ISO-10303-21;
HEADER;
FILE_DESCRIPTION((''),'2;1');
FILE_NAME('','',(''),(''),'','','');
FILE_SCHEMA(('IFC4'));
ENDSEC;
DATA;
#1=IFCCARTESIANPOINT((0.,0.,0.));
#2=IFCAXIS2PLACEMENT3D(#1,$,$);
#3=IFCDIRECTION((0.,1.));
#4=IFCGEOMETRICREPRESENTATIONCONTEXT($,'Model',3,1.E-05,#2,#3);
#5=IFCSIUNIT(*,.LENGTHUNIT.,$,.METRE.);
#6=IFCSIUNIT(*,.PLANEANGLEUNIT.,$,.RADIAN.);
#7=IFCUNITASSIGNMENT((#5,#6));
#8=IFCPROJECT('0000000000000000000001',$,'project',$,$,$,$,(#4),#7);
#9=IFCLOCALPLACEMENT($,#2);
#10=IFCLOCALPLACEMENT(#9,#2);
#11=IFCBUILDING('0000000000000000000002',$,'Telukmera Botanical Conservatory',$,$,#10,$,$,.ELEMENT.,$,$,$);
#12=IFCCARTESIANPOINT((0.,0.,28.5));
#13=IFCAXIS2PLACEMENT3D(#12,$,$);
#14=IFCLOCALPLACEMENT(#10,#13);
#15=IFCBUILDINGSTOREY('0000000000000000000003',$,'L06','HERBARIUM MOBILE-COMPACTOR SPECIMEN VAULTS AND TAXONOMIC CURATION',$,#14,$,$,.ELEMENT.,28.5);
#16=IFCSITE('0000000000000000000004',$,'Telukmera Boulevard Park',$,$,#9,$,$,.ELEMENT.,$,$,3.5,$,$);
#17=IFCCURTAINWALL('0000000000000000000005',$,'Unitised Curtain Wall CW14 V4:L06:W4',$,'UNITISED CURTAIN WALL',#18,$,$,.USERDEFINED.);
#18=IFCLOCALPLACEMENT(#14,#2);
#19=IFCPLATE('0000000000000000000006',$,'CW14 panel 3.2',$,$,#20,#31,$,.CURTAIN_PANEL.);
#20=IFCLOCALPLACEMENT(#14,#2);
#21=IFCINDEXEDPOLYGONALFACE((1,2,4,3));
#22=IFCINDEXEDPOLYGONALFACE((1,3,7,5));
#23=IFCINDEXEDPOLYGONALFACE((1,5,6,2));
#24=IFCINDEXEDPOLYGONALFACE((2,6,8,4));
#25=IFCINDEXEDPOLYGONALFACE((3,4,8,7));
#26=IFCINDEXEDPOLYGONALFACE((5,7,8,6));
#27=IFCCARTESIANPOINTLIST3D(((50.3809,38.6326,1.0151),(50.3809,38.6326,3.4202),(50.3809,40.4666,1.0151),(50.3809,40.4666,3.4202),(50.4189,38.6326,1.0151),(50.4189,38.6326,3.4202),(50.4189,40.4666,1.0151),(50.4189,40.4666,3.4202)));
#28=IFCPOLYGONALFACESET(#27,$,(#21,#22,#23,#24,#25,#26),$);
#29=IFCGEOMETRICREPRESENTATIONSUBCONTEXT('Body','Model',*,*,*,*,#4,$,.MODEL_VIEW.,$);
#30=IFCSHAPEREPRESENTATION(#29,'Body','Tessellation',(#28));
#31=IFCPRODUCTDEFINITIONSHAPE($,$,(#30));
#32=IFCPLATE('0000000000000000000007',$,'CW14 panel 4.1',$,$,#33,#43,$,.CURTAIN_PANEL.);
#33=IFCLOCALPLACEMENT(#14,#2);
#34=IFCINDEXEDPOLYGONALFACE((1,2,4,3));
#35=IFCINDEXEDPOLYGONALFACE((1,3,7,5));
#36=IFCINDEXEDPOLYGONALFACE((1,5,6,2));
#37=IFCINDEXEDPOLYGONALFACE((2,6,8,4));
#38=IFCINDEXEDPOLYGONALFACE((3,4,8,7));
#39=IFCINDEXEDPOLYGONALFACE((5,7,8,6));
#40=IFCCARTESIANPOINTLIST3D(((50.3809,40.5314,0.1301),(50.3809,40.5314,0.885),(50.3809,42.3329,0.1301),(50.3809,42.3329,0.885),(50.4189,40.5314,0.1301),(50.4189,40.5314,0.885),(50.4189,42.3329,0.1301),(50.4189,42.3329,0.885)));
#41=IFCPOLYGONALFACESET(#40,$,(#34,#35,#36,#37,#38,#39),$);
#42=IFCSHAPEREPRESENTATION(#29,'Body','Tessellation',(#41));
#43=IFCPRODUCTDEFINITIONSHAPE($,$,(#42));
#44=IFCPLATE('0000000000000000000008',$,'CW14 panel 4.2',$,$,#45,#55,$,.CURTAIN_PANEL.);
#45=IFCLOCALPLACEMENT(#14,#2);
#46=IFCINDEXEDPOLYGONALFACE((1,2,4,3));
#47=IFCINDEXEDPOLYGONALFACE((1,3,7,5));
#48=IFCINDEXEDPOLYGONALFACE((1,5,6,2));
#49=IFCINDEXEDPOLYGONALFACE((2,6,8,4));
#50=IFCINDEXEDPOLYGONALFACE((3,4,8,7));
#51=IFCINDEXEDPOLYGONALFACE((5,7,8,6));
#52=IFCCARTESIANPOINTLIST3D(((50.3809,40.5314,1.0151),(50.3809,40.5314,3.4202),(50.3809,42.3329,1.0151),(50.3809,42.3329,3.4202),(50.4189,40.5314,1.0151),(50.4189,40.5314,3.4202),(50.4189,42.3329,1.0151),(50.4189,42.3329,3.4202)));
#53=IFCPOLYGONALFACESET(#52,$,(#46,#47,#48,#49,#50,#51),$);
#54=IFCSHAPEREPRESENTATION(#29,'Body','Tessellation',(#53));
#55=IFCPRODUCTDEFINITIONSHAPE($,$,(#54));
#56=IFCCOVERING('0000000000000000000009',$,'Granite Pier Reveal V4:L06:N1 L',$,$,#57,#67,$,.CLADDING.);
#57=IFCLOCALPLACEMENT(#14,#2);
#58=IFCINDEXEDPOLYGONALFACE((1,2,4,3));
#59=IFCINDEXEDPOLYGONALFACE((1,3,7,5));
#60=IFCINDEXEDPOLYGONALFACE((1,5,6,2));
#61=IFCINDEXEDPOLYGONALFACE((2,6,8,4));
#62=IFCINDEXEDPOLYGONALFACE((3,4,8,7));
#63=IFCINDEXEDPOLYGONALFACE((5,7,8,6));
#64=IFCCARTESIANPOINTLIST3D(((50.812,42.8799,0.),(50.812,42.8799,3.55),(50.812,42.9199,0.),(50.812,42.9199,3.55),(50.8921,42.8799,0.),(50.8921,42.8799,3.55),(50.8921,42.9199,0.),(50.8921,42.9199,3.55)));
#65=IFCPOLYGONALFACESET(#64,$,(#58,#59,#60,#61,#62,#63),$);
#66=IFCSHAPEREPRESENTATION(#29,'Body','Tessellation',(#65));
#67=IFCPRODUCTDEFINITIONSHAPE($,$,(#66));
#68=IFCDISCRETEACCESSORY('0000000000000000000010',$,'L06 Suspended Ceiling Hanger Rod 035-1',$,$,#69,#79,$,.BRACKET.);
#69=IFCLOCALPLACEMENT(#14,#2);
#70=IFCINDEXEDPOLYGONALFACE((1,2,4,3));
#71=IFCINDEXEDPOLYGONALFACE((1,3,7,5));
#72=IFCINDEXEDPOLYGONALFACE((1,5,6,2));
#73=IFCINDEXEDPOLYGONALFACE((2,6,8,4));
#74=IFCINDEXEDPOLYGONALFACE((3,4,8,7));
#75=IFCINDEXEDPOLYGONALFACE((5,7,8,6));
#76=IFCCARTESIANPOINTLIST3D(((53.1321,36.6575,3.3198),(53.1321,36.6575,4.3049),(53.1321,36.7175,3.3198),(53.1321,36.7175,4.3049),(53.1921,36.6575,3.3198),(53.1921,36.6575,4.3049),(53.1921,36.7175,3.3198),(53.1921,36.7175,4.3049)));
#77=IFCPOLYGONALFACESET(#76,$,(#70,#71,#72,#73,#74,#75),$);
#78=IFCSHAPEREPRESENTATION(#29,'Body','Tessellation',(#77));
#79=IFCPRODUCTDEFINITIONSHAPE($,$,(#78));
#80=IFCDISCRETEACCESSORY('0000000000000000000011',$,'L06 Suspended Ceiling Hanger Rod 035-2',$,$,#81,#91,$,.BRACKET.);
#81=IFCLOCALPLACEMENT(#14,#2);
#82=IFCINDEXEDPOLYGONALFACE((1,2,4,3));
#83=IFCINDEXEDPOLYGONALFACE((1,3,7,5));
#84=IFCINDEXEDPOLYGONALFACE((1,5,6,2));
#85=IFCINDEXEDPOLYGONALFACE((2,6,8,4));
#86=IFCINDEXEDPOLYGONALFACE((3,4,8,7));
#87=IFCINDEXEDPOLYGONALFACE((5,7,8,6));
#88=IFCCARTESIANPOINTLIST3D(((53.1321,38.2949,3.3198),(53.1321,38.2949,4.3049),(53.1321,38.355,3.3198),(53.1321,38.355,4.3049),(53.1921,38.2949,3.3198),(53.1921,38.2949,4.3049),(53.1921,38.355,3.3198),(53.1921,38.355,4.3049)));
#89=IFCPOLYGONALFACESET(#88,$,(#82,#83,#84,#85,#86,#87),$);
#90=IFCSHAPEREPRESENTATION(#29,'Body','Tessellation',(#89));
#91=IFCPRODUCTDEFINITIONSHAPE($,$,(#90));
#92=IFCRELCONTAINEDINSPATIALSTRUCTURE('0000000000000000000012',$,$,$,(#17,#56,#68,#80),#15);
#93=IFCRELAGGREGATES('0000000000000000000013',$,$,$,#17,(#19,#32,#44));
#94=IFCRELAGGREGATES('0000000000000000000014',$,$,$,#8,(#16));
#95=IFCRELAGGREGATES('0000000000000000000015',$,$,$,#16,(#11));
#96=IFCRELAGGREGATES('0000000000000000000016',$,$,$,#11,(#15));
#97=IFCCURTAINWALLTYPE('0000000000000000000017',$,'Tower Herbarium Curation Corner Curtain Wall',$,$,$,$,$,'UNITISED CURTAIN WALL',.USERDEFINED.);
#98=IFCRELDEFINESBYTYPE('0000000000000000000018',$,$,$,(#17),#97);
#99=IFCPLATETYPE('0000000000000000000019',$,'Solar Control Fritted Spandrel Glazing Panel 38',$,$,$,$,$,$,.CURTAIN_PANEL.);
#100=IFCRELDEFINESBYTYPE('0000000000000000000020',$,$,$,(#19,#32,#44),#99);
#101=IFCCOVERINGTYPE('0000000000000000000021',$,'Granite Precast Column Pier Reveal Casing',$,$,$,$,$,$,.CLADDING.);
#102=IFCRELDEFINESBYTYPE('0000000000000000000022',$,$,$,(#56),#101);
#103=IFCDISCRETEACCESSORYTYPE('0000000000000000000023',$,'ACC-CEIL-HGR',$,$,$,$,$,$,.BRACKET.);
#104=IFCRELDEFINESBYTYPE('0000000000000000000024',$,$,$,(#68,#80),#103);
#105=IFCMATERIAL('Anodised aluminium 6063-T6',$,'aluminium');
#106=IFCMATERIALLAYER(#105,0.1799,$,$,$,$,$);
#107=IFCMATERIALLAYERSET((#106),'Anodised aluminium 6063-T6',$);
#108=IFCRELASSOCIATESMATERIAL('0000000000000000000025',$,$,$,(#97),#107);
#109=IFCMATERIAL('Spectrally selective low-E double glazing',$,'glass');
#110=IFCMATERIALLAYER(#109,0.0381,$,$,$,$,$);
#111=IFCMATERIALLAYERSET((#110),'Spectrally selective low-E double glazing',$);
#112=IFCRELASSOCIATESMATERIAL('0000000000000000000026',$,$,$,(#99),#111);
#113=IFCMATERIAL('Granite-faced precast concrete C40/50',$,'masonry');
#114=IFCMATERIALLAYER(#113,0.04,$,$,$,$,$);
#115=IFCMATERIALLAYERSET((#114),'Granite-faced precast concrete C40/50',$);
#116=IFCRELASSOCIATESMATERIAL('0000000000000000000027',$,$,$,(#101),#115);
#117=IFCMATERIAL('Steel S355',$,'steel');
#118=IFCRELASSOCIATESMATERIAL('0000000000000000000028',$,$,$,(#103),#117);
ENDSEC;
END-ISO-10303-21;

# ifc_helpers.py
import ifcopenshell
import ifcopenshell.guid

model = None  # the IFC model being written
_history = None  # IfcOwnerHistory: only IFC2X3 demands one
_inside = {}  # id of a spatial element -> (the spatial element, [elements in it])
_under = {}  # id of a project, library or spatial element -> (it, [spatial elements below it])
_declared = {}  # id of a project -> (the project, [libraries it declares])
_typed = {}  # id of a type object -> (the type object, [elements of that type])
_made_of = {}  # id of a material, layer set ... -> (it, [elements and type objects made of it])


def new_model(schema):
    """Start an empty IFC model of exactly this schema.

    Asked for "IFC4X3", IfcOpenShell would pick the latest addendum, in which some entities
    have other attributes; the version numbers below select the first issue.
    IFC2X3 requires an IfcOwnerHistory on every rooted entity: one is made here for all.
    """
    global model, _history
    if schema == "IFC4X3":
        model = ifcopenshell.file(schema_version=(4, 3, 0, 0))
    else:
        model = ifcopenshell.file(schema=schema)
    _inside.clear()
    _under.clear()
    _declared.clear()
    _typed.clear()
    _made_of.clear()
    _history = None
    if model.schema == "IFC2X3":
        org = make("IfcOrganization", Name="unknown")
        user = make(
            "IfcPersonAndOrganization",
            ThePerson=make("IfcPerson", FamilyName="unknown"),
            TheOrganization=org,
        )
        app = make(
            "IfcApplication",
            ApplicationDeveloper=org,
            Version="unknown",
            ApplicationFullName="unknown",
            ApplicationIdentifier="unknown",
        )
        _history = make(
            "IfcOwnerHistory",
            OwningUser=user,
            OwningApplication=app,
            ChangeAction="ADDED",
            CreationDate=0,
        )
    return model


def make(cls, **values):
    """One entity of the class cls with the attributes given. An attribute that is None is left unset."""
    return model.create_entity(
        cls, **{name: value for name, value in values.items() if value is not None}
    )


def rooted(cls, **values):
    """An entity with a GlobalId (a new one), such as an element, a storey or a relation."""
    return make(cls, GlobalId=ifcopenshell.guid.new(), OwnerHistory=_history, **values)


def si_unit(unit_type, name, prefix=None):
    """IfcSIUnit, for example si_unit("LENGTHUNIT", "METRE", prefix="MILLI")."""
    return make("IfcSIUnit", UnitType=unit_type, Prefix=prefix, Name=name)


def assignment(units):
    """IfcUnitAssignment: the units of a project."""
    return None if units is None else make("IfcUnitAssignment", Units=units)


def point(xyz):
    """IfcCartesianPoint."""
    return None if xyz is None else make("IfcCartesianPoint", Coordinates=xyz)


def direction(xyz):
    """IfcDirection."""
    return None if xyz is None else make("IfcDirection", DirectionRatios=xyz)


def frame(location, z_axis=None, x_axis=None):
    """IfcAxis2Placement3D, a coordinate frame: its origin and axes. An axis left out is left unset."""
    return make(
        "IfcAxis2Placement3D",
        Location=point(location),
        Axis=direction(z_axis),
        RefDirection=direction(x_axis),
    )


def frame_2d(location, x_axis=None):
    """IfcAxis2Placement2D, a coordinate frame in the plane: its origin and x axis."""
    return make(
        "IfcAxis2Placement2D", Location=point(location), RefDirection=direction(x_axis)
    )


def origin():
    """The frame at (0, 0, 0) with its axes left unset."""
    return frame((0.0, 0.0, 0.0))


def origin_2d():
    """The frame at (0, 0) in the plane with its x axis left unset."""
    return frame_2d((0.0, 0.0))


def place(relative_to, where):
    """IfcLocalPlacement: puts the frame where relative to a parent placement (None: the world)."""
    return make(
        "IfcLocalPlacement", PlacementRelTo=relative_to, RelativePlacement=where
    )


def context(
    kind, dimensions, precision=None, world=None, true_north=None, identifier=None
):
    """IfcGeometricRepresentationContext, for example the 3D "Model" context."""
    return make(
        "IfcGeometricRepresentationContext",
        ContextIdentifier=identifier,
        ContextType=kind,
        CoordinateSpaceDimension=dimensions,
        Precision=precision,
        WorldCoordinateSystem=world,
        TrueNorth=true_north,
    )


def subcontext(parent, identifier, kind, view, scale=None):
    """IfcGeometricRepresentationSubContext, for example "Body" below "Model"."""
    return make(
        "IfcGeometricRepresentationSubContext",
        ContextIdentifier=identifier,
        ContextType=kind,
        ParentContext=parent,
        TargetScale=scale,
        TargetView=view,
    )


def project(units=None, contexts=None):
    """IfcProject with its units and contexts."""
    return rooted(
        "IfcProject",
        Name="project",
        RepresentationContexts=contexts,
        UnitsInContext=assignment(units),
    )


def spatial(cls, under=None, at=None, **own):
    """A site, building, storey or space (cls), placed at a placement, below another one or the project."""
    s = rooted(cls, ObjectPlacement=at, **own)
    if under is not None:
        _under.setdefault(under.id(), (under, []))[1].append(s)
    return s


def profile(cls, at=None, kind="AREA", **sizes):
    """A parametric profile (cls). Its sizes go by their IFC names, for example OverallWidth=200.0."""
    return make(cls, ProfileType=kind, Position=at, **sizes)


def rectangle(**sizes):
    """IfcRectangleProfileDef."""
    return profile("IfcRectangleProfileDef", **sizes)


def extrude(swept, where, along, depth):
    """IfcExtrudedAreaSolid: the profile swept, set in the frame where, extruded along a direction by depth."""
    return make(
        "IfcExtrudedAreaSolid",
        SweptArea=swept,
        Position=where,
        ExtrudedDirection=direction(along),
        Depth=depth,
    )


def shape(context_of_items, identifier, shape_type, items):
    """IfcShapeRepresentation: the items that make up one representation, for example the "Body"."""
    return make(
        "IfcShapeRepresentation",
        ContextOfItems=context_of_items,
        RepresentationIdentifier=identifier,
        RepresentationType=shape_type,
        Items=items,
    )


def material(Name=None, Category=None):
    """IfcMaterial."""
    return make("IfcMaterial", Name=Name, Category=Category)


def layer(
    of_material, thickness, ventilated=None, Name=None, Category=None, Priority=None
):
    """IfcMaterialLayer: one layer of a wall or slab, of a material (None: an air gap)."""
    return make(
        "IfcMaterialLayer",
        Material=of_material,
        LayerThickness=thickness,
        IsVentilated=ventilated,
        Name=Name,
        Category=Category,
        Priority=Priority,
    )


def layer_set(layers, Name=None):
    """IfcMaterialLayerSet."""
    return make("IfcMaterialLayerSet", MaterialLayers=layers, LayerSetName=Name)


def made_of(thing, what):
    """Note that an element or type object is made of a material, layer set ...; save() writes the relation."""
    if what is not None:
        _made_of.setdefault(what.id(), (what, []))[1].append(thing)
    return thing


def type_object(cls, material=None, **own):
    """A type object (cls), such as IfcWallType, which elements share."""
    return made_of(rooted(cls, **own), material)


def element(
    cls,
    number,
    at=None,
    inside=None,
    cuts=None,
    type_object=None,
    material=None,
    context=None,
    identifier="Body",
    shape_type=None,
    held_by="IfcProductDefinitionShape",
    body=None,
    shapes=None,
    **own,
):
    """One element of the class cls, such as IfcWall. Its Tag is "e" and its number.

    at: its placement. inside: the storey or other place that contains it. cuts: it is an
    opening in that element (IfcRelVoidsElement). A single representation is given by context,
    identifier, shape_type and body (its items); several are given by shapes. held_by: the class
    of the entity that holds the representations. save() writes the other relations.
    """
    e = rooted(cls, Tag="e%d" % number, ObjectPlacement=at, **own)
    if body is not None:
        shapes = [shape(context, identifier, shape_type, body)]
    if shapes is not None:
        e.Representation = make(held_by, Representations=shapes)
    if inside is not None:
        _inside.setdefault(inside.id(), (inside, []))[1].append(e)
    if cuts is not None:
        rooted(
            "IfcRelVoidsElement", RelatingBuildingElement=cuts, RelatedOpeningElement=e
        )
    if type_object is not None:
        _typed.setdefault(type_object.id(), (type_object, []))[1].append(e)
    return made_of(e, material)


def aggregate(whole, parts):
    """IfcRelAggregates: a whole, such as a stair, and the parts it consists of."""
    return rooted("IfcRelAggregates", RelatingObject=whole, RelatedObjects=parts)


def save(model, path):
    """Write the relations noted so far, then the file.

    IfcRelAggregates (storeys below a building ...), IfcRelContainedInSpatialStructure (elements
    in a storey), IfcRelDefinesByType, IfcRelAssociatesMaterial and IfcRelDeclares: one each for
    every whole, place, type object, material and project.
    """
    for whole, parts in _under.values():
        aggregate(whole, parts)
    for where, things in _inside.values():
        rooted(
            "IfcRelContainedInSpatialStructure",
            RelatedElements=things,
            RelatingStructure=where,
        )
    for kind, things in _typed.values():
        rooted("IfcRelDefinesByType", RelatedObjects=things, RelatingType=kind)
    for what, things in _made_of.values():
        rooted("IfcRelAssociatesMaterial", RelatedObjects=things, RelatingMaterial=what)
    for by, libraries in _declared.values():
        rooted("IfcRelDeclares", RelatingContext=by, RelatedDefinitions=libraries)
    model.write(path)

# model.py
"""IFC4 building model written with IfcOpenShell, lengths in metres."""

from ifc_helpers import new_model, si_unit, direction, frame, origin, origin_2d, place, context, subcontext, project, spatial, rectangle, extrude, material, layer, layer_set, type_object, element, aggregate, save


model = new_model("IFC4")

# Units and contexts
model_context = context("Model", 3, precision=1e-05, world=origin(), true_north=direction((0.0, 1.0)))
body_context = subcontext(model_context, "Body", "Model", "MODEL_VIEW")
ifc_project = project(units=[si_unit("LENGTHUNIT", "METRE"), si_unit("PLANEANGLEUNIT", "RADIAN")], contexts=[model_context])

# Site, building, storey
site_placement = place(None, origin())
site = spatial("IfcSite", under=ifc_project, at=site_placement, Name="Telukmera Boulevard Park", CompositionType="ELEMENT", RefElevation=3.5)
building_placement = place(site_placement, origin())
building = spatial("IfcBuilding", under=site, at=building_placement, Name="Telukmera Botanical Conservatory", CompositionType="ELEMENT")
storey_placement = place(building_placement, frame((0.0, 0.0, 28.5)))
storey = spatial("IfcBuildingStorey", under=building, at=storey_placement, Name="L06", Description="HERBARIUM MOBILE-COMPACTOR SPECIMEN VAULTS AND TAXONOMIC CURATION", CompositionType="ELEMENT", Elevation=28.5)

# Curtain wall
ifc_material_1 = material(Name="Anodised aluminium 6063-T6", Category="aluminium")
ifc_layer_1 = layer(ifc_material_1, 0.1799)
ifc_layer_set_1 = layer_set([ifc_layer_1], Name="Anodised aluminium 6063-T6")
curtain_wall_type = type_object("IfcCurtainWallType", Name="Tower Herbarium Curation Corner Curtain Wall", ElementType="UNITISED CURTAIN WALL", PredefinedType="USERDEFINED", material=ifc_layer_set_1)
curtain_wall_1_placement = place(storey_placement, origin())
curtain_wall_1 = element("IfcCurtainWall", 1, at=curtain_wall_1_placement, inside=storey, type_object=curtain_wall_type, Name="Unitised Curtain Wall CW14 V4:L06:W4", ObjectType="UNITISED CURTAIN WALL", PredefinedType="USERDEFINED")

# Plates
ifc_material_2 = material(Name="Spectrally selective low-E double glazing", Category="glass")
ifc_layer_2 = layer(ifc_material_2, 0.0381)
ifc_layer_set_2 = layer_set([ifc_layer_2], Name="Spectrally selective low-E double glazing")
plate_type = type_object("IfcPlateType", Name="Solar Control Fritted Spandrel Glazing Panel 38", PredefinedType="CURTAIN_PANEL", material=ifc_layer_set_2)
plate_1_placement = place(storey_placement, frame((50.3999, 39.5496, 1.0151), z_axis=(0.0, 0.0, 1.0), x_axis=(0.0, 1.0, 0.0)))
plate_1 = element("IfcPlate", 2, at=plate_1_placement, type_object=plate_type, Name="CW14 panel 3.2", PredefinedType="CURTAIN_PANEL", context=body_context, shape_type="SweptSolid", body=[
    extrude(rectangle(XDim=1.834, YDim=0.0381, at=origin_2d()), origin(), (0.0, 0.0, 1.0), 2.405),
])
plate_2_placement = place(storey_placement, frame((50.3999, 41.4321, 0.1301), z_axis=(0.0, 0.0, 1.0), x_axis=(0.0, 1.0, 0.0)))
plate_2 = element("IfcPlate", 3, at=plate_2_placement, type_object=plate_type, Name="CW14 panel 4.1", PredefinedType="CURTAIN_PANEL", context=body_context, shape_type="SweptSolid", body=[
    extrude(rectangle(XDim=1.8015, YDim=0.0381, at=origin_2d()), origin(), (0.0, 0.0, 1.0), 0.7549),
])
plate_3_placement = place(storey_placement, frame((50.3999, 41.4321, 1.0151), z_axis=(0.0, 0.0, 1.0), x_axis=(0.0, 1.0, 0.0)))
plate_3 = element("IfcPlate", 4, at=plate_3_placement, type_object=plate_type, Name="CW14 panel 4.2", PredefinedType="CURTAIN_PANEL", context=body_context, shape_type="SweptSolid", body=[
    extrude(rectangle(XDim=1.8015, YDim=0.0381, at=origin_2d()), origin(), (0.0, 0.0, 1.0), 2.405),
])
aggregate(curtain_wall_1, [plate_1, plate_2, plate_3])

# Covering
ifc_material_3 = material(Name="Granite-faced precast concrete C40/50", Category="masonry")
ifc_layer_3 = layer(ifc_material_3, 0.04)
ifc_layer_set_3 = layer_set([ifc_layer_3], Name="Granite-faced precast concrete C40/50")
covering_type = type_object("IfcCoveringType", Name="Granite Precast Column Pier Reveal Casing", PredefinedType="CLADDING", material=ifc_layer_set_3)
covering_placement = place(storey_placement, frame((50.8521, 42.8999, 0.0), z_axis=(0.0, 0.0, 1.0), x_axis=(1.0, 0.0, 0.0)))
element("IfcCovering", 5, at=covering_placement, inside=storey, type_object=covering_type, Name="Granite Pier Reveal V4:L06:N1 L", PredefinedType="CLADDING", context=body_context, shape_type="SweptSolid", body=[
    extrude(rectangle(XDim=0.0801, YDim=0.04, at=origin_2d()), origin(), (0.0, 0.0, 1.0), 3.55),
])

# Discrete accessories
ifc_material_4 = material(Name="Steel S355", Category="steel")
discrete_accessory_type = type_object("IfcDiscreteAccessoryType", Name="ACC-CEIL-HGR", PredefinedType="BRACKET", material=ifc_material_4)
for number, where, z_axis, x_axis, name in (
    (6, (53.1621, 36.6875, 3.3198), (0.0, 0.0, 1.0), (1.0, 0.0, 0.0), "L06 Suspended Ceiling Hanger Rod 035-1"),
    (7, (53.1621, 38.325, 3.3198), (0.0, 0.0, 1.0), (1.0, 0.0, 0.0), "L06 Suspended Ceiling Hanger Rod 035-2"),
):
    element("IfcDiscreteAccessory", number, at=place(storey_placement, frame(where, z_axis=z_axis, x_axis=x_axis)), inside=storey, type_object=discrete_accessory_type, Name=name, PredefinedType="BRACKET", context=body_context, shape_type="SweptSolid", body=[
        extrude(rectangle(XDim=0.0601, YDim=0.0601, at=origin_2d()), origin(), (0.0, 0.0, 1.0), 0.9851),
    ])

save(model, "model.ifc")
